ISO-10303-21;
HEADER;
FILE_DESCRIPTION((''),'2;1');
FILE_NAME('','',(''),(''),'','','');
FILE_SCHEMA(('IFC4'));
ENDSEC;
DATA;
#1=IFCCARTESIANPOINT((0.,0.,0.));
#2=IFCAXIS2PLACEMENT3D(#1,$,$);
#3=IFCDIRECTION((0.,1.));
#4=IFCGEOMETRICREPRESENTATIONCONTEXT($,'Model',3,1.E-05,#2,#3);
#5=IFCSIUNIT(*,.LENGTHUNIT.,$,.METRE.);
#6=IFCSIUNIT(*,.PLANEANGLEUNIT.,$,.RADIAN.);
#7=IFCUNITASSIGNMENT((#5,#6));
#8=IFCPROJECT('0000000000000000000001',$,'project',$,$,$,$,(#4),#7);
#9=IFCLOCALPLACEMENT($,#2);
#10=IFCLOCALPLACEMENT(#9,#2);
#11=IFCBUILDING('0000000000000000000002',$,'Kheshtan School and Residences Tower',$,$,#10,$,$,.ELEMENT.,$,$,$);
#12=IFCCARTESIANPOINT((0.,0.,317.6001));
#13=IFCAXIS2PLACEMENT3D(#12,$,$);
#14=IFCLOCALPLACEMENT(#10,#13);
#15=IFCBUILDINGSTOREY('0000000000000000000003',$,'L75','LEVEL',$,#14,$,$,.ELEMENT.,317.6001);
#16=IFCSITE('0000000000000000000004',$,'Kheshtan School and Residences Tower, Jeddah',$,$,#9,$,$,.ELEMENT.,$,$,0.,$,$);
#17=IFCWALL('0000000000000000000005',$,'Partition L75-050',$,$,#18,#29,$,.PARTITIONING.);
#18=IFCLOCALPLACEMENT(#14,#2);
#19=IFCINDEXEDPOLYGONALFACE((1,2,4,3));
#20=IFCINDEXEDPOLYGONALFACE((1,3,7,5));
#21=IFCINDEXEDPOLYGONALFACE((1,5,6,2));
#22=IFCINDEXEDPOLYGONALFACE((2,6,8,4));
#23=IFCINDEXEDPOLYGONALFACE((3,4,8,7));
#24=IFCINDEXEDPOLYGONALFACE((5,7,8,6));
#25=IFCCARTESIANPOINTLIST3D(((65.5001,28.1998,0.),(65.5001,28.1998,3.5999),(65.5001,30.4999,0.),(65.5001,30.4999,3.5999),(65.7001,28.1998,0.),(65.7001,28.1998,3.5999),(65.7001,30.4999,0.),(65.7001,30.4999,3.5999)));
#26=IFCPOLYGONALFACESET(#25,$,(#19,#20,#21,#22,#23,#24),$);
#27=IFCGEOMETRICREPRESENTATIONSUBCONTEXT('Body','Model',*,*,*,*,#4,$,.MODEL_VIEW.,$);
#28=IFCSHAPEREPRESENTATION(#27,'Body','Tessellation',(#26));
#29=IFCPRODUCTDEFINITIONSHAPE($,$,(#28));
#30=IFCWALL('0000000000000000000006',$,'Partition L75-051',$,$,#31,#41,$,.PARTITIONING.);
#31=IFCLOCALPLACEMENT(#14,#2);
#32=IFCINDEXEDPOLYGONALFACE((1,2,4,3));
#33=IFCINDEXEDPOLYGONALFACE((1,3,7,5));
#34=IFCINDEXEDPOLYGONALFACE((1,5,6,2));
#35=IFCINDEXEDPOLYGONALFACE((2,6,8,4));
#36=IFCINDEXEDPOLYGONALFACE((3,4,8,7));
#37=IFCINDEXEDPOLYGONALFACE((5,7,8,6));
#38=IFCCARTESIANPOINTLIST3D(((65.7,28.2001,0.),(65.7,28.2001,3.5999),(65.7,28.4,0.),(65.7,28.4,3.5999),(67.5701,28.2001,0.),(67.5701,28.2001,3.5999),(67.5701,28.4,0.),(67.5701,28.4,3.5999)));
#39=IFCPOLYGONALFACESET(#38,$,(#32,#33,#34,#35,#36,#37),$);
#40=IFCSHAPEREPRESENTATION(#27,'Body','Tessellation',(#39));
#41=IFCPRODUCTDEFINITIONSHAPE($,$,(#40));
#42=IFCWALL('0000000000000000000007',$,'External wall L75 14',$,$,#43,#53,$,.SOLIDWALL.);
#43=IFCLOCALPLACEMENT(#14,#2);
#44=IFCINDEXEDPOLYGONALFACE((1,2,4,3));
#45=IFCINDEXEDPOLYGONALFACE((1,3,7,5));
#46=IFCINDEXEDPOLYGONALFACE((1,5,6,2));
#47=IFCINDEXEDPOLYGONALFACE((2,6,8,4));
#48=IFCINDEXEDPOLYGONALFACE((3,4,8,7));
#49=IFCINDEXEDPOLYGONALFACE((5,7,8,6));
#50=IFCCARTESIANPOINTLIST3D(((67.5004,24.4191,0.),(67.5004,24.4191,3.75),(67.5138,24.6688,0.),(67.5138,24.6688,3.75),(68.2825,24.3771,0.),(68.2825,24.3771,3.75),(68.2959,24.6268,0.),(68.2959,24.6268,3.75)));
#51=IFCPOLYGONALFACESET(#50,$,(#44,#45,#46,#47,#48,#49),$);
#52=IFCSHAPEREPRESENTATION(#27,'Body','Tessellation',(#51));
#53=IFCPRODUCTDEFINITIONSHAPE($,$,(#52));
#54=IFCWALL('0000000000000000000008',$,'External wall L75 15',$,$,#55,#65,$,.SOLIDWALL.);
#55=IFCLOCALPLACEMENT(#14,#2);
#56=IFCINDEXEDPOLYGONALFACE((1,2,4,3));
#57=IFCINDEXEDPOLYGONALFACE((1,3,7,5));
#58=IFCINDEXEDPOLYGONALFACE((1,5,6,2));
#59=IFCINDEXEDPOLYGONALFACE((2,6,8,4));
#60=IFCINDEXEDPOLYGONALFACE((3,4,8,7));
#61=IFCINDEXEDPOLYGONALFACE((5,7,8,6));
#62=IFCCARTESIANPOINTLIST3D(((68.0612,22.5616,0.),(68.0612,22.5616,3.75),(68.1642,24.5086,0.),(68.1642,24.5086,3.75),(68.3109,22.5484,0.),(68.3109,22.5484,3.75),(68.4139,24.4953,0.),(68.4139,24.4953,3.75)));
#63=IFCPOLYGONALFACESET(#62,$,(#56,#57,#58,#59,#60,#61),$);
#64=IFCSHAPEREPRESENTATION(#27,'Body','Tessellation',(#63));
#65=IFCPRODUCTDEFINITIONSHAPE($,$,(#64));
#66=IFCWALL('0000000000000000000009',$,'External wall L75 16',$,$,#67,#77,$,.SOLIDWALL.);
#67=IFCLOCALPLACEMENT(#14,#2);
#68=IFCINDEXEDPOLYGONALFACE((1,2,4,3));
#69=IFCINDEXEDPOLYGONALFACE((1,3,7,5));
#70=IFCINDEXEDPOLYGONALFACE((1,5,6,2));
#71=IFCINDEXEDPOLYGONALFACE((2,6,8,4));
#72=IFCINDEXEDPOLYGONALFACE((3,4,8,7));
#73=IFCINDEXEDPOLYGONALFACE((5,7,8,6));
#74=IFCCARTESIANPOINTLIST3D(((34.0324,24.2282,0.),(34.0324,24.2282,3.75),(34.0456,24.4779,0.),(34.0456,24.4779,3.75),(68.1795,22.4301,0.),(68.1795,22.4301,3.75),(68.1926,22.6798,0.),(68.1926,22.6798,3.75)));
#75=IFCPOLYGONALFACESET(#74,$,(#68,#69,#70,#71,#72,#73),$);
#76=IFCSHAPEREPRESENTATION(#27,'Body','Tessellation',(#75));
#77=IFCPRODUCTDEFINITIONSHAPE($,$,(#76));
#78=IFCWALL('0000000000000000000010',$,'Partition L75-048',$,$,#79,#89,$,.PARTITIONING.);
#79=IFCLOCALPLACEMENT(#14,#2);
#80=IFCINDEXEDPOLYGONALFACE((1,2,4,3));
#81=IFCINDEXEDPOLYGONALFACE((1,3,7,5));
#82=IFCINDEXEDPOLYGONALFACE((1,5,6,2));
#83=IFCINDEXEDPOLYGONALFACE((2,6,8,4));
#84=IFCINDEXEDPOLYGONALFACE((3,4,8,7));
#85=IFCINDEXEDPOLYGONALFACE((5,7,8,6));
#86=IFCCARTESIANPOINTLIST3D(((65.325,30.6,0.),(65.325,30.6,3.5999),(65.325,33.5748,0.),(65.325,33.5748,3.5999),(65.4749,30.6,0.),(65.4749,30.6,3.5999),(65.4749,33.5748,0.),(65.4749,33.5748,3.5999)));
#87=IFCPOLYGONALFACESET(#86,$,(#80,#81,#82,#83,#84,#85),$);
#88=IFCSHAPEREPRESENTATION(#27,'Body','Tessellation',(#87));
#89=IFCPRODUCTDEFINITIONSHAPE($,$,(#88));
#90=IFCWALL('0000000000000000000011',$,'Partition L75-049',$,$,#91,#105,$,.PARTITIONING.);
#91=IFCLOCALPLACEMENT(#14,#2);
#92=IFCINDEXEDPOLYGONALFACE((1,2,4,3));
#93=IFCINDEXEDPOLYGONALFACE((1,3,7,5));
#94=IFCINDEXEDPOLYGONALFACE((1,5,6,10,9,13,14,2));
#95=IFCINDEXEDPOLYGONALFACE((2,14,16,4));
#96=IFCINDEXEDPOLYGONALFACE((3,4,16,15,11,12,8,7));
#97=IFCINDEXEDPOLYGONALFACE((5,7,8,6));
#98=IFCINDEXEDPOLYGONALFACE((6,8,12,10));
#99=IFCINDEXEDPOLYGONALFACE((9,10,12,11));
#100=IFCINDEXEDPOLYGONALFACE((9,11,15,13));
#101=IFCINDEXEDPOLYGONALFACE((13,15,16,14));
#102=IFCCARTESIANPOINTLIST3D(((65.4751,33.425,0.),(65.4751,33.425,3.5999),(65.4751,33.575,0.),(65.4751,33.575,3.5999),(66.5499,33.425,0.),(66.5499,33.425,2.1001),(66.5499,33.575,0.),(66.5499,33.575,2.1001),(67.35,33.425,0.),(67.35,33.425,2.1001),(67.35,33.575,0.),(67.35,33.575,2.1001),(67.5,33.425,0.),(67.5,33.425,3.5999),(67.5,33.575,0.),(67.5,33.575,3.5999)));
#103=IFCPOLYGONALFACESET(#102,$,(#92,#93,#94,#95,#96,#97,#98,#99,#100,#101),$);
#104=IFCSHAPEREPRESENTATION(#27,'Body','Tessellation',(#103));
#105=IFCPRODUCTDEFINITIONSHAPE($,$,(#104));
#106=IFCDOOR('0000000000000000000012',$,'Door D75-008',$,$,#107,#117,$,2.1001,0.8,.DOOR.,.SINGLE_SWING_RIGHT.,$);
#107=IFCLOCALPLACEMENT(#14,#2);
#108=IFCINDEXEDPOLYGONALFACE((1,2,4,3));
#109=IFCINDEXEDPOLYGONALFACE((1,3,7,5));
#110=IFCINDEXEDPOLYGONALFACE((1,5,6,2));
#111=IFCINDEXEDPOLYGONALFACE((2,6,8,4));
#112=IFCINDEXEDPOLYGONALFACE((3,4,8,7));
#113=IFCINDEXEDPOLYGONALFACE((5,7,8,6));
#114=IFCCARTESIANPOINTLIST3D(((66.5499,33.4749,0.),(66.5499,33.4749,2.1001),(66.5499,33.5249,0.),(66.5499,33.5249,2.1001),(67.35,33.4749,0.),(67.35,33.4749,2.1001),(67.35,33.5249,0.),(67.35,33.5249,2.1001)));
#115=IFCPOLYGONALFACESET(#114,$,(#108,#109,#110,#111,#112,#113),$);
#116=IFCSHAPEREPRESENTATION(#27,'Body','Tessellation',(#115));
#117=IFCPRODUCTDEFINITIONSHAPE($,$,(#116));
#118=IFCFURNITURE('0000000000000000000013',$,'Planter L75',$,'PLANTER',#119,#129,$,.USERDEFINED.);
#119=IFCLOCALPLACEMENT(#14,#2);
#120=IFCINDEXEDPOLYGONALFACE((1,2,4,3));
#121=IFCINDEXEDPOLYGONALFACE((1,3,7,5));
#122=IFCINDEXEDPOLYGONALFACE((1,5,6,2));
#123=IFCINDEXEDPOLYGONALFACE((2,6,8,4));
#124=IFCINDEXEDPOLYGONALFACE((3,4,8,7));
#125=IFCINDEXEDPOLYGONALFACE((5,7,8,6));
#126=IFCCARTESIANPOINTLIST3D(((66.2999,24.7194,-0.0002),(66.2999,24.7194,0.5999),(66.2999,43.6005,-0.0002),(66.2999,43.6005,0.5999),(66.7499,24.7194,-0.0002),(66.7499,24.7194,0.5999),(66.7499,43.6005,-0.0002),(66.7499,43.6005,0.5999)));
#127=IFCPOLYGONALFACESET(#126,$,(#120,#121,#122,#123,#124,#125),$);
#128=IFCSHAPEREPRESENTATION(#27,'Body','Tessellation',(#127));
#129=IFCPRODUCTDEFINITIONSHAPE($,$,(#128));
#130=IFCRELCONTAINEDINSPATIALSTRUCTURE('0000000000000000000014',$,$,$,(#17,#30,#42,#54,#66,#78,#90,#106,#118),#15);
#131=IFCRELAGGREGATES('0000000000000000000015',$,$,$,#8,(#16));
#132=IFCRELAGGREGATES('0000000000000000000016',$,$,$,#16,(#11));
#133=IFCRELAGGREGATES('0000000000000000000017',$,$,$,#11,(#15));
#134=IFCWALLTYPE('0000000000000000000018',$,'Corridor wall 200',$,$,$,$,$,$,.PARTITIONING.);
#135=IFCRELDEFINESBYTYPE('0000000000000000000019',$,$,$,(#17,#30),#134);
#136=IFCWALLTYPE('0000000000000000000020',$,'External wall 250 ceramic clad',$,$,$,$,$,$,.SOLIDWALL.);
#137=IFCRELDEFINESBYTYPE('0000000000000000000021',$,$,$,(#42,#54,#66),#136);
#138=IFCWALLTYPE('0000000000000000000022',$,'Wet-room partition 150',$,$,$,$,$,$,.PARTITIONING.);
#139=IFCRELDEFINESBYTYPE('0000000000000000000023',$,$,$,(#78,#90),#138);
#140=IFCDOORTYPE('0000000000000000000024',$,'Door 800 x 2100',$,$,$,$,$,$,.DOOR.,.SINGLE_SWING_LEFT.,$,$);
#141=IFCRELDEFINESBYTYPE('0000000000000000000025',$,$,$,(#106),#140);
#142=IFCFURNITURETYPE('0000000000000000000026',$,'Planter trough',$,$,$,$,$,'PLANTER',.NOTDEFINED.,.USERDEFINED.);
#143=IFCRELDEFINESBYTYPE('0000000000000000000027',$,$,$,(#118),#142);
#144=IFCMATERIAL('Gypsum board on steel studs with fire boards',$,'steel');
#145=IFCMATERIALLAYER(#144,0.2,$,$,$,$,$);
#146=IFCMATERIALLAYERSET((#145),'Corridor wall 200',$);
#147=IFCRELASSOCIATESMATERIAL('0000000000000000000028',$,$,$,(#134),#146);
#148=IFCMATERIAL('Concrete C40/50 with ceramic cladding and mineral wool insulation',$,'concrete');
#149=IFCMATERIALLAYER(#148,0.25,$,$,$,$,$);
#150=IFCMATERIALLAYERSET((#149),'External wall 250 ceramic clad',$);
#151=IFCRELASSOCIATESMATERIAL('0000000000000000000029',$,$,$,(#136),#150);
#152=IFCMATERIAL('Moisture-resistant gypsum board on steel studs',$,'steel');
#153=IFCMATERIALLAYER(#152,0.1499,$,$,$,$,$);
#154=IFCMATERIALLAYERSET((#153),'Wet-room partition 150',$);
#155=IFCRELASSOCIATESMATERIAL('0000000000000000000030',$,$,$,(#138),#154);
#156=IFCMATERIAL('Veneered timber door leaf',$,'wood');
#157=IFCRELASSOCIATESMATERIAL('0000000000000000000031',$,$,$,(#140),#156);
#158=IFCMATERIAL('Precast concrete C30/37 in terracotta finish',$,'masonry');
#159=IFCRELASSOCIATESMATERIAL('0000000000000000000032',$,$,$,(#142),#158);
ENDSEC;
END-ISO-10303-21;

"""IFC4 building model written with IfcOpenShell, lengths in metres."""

from ifc_helpers import new_model, si_unit, direction, frame, frame_2d, origin, origin_2d, place, context, subcontext, project, spatial, rectangle, extrude, source, transform, mapped, material, layer, layer_set, type_object, element, fill, save


model = new_model("IFC4")

# Units and contexts
model_context = context("Model", 3, precision=1e-05, world=origin(), true_north=direction((0.0, 1.0)))
body_context = subcontext(model_context, "Body", "Model", "MODEL_VIEW")
ifc_project = project(units=[si_unit("LENGTHUNIT", "METRE"), si_unit("PLANEANGLEUNIT", "RADIAN")], contexts=[model_context])

# Site, building, storey
site_placement = place(None, origin())
site = spatial("IfcSite", under=ifc_project, at=site_placement, Name="Kheshtan School and Residences Tower, Jeddah", CompositionType="ELEMENT", RefElevation=0.0)
building_placement = place(site_placement, origin())
building = spatial("IfcBuilding", under=site, at=building_placement, Name="Kheshtan School and Residences Tower", CompositionType="ELEMENT")
storey_placement = place(building_placement, frame((0.0, 0.0, 317.6001)))
storey = spatial("IfcBuildingStorey", under=building, at=storey_placement, Name="L75", Description="LEVEL", CompositionType="ELEMENT", Elevation=317.6001)

# Walls
ifc_material_1 = material(Name="Gypsum board on steel studs with fire boards", Category="steel")
ifc_layer_1 = layer(ifc_material_1, 0.2)
ifc_layer_set_1 = layer_set([ifc_layer_1], Name="Corridor wall 200")
wall_type_1 = type_object("IfcWallType", Name="Corridor wall 200", PredefinedType="PARTITIONING", material=ifc_layer_set_1)
wall_1_placement = place(storey_placement, frame((65.6001, 28.2, 0.0), z_axis=(0.0, 0.0, 1.0), x_axis=(0.0, 1.0, 0.0)))
element("IfcWall", 1, at=wall_1_placement, inside=storey, type_object=wall_type_1, Name="Partition L75-050", PredefinedType="PARTITIONING", context=body_context, shape_type="SweptSolid", body=[
    extrude(rectangle(XDim=2.3, YDim=0.2, at=frame_2d((1.1499, 0.0))), origin(), (0.0, 0.0, 1.0), 3.5999),
])
wall_2_placement = place(storey_placement, frame((65.7, 28.3, 0.0), z_axis=(0.0, 0.0, 1.0), x_axis=(1.0, 0.0, 0.0)))
element("IfcWall", 2, at=wall_2_placement, inside=storey, type_object=wall_type_1, Name="Partition L75-051", PredefinedType="PARTITIONING", context=body_context, shape_type="SweptSolid", body=[
    extrude(rectangle(XDim=1.8701, YDim=0.2, at=frame_2d((0.9351, 0.0))), origin(), (0.0, 0.0, 1.0), 3.5999),
])
ifc_material_2 = material(Name="Concrete C40/50 with ceramic cladding and mineral wool insulation", Category="concrete")
ifc_layer_2 = layer(ifc_material_2, 0.25)
ifc_layer_set_2 = layer_set([ifc_layer_2], Name="External wall 250 ceramic clad")
wall_type_2 = type_object("IfcWallType", Name="External wall 250 ceramic clad", PredefinedType="SOLIDWALL", material=ifc_layer_set_2)
wall_3_placement = place(storey_placement, frame((67.5071, 24.5439, 0.0), z_axis=(0.0, 0.0, 1.0), x_axis=(0.998561, -0.053622, 0.0)))
element("IfcWall", 3, at=wall_3_placement, inside=storey, type_object=wall_type_2, Name="External wall L75 14", PredefinedType="SOLIDWALL", context=body_context, shape_type="SweptSolid", body=[
    extrude(rectangle(XDim=0.7832, YDim=0.25, at=frame_2d((0.3916, 0.0))), origin(), (0.0, 0.0, 1.0), 3.75),
])
wall_4_placement = place(storey_placement, frame((68.2891, 24.502, 0.0), z_axis=(0.0, 0.0, 1.0), x_axis=(-0.052841, -0.998603, 0.0)))
element("IfcWall", 4, at=wall_4_placement, inside=storey, type_object=wall_type_2, Name="External wall L75 15", PredefinedType="SOLIDWALL", context=body_context, shape_type="SweptSolid", body=[
    extrude(rectangle(XDim=1.9497, YDim=0.25, at=frame_2d((0.9749, 0.0))), origin(), (0.0, 0.0, 1.0), 3.75),
])
wall_5_placement = place(storey_placement, frame((68.186, 22.5549, 0.0), z_axis=(0.0, 0.0, 1.0), x_axis=(-0.998616, 0.052585, 0.0)))
element("IfcWall", 5, at=wall_5_placement, inside=storey, type_object=wall_type_2, Name="External wall L75 16", PredefinedType="SOLIDWALL", context=body_context, shape_type="SweptSolid", body=[
    extrude(rectangle(XDim=34.1943, YDim=0.25, at=frame_2d((17.0972, 0.0))), origin(), (0.0, 0.0, 1.0), 3.75),
])

# Wall
ifc_material_3 = material(Name="Moisture-resistant gypsum board on steel studs", Category="steel")
ifc_layer_3 = layer(ifc_material_3, 0.1499)
ifc_layer_set_3 = layer_set([ifc_layer_3], Name="Wet-room partition 150")
wall_type_3 = type_object("IfcWallType", Name="Wet-room partition 150", PredefinedType="PARTITIONING", material=ifc_layer_set_3)
wall_6_placement = place(storey_placement, frame((65.3999, 30.6001, 0.0), z_axis=(0.0, 0.0, 1.0), x_axis=(0.0, 1.0, 0.0)))
element("IfcWall", 6, at=wall_6_placement, inside=storey, type_object=wall_type_3, Name="Partition L75-048", PredefinedType="PARTITIONING", context=body_context, shape_type="SweptSolid", body=[
    extrude(rectangle(XDim=2.9749, YDim=0.1499, at=frame_2d((1.4873, 0.0))), origin(), (0.0, 0.0, 1.0), 3.5999),
])

# Wall, opening, door
wall_7_placement = place(storey_placement, frame((65.4751, 33.5, 0.0), z_axis=(0.0, 0.0, 1.0), x_axis=(1.0, 0.0, 0.0)))
wall_7 = element("IfcWall", 7, at=wall_7_placement, inside=storey, type_object=wall_type_3, Name="Partition L75-049", PredefinedType="PARTITIONING", context=body_context, shape_type="SweptSolid", body=[
    extrude(rectangle(XDim=2.0249, YDim=0.1499, at=frame_2d((1.0125, 0.0))), origin(), (0.0, 0.0, 1.0), 3.5999),
])
opening_1_placement = place(wall_7_placement, frame((1.075, 0.0, 0.0)))
opening_1 = element("IfcOpeningElement", 8, at=opening_1_placement, cuts=wall_7, PredefinedType="OPENING", context=body_context, shape_type="SweptSolid", body=[
    extrude(rectangle(XDim=0.8, YDim=2.1001, at=frame_2d((0.3999, 1.05))), frame((0.0, 0.085, 0.0), z_axis=(0.0, -1.0, 0.0), x_axis=(1.0, 0.0, 0.0)), (0.0, 0.0, 1.0), 0.1699),
])
ifc_material_4 = material(Name="Veneered timber door leaf", Category="wood")
door_type_1 = type_object("IfcDoorType", Name="Door 800 x 2100", OperationType="SINGLE_SWING_LEFT", PredefinedType="DOOR", material=ifc_material_4)
shared_shape_1 = source(origin(), body_context, "Body", "SweptSolid", [
    extrude(rectangle(XDim=0.8, YDim=2.1001, at=frame_2d((0.3999, 1.05))), frame((0.0, 0.0249, 0.0), z_axis=(0.0, -1.0, 0.0), x_axis=(1.0, 0.0, 0.0)), (0.0, 0.0, 1.0), 0.05),
])
door_1_placement = place(opening_1_placement, origin())
door_1 = element("IfcDoor", 9, at=door_1_placement, inside=storey, type_object=door_type_1, Name="Door D75-008", OperationType="SINGLE_SWING_RIGHT", OverallHeight=2.1001, OverallWidth=0.8, PredefinedType="DOOR", context=body_context, shape_type="MappedRepresentation", body=[
    mapped(shared_shape_1, transform((0.0, 0.0, 0.0), x_axis=(1.0, 0.0, 0.0), y_axis=(0.0, 1.0, 0.0), z_axis=(0.0, 0.0, 1.0), scale=1.0)),
])
fill(opening_1, door_1)

# Furniture
ifc_material_5 = material(Name="Precast concrete C30/37 in terracotta finish", Category="masonry")
furniture_type = type_object("IfcFurnitureType", Name="Planter trough", ElementType="PLANTER", AssemblyPlace="NOTDEFINED", PredefinedType="USERDEFINED", material=ifc_material_5)
furniture_placement = place(storey_placement, frame((66.5249, 34.1599, -0.0002), z_axis=(0.0, 0.0, 1.0), x_axis=(0.0, -1.0, 0.0)))
element("IfcFurniture", 10, at=furniture_placement, inside=storey, type_object=furniture_type, Name="Planter L75", ObjectType="PLANTER", PredefinedType="USERDEFINED", context=body_context, shape_type="SweptSolid", body=[
    extrude(rectangle(XDim=18.8811, YDim=0.45, at=origin_2d()), origin(), (0.0, 0.0, 1.0), 0.6001),
])

save(model, "model.ifc")
